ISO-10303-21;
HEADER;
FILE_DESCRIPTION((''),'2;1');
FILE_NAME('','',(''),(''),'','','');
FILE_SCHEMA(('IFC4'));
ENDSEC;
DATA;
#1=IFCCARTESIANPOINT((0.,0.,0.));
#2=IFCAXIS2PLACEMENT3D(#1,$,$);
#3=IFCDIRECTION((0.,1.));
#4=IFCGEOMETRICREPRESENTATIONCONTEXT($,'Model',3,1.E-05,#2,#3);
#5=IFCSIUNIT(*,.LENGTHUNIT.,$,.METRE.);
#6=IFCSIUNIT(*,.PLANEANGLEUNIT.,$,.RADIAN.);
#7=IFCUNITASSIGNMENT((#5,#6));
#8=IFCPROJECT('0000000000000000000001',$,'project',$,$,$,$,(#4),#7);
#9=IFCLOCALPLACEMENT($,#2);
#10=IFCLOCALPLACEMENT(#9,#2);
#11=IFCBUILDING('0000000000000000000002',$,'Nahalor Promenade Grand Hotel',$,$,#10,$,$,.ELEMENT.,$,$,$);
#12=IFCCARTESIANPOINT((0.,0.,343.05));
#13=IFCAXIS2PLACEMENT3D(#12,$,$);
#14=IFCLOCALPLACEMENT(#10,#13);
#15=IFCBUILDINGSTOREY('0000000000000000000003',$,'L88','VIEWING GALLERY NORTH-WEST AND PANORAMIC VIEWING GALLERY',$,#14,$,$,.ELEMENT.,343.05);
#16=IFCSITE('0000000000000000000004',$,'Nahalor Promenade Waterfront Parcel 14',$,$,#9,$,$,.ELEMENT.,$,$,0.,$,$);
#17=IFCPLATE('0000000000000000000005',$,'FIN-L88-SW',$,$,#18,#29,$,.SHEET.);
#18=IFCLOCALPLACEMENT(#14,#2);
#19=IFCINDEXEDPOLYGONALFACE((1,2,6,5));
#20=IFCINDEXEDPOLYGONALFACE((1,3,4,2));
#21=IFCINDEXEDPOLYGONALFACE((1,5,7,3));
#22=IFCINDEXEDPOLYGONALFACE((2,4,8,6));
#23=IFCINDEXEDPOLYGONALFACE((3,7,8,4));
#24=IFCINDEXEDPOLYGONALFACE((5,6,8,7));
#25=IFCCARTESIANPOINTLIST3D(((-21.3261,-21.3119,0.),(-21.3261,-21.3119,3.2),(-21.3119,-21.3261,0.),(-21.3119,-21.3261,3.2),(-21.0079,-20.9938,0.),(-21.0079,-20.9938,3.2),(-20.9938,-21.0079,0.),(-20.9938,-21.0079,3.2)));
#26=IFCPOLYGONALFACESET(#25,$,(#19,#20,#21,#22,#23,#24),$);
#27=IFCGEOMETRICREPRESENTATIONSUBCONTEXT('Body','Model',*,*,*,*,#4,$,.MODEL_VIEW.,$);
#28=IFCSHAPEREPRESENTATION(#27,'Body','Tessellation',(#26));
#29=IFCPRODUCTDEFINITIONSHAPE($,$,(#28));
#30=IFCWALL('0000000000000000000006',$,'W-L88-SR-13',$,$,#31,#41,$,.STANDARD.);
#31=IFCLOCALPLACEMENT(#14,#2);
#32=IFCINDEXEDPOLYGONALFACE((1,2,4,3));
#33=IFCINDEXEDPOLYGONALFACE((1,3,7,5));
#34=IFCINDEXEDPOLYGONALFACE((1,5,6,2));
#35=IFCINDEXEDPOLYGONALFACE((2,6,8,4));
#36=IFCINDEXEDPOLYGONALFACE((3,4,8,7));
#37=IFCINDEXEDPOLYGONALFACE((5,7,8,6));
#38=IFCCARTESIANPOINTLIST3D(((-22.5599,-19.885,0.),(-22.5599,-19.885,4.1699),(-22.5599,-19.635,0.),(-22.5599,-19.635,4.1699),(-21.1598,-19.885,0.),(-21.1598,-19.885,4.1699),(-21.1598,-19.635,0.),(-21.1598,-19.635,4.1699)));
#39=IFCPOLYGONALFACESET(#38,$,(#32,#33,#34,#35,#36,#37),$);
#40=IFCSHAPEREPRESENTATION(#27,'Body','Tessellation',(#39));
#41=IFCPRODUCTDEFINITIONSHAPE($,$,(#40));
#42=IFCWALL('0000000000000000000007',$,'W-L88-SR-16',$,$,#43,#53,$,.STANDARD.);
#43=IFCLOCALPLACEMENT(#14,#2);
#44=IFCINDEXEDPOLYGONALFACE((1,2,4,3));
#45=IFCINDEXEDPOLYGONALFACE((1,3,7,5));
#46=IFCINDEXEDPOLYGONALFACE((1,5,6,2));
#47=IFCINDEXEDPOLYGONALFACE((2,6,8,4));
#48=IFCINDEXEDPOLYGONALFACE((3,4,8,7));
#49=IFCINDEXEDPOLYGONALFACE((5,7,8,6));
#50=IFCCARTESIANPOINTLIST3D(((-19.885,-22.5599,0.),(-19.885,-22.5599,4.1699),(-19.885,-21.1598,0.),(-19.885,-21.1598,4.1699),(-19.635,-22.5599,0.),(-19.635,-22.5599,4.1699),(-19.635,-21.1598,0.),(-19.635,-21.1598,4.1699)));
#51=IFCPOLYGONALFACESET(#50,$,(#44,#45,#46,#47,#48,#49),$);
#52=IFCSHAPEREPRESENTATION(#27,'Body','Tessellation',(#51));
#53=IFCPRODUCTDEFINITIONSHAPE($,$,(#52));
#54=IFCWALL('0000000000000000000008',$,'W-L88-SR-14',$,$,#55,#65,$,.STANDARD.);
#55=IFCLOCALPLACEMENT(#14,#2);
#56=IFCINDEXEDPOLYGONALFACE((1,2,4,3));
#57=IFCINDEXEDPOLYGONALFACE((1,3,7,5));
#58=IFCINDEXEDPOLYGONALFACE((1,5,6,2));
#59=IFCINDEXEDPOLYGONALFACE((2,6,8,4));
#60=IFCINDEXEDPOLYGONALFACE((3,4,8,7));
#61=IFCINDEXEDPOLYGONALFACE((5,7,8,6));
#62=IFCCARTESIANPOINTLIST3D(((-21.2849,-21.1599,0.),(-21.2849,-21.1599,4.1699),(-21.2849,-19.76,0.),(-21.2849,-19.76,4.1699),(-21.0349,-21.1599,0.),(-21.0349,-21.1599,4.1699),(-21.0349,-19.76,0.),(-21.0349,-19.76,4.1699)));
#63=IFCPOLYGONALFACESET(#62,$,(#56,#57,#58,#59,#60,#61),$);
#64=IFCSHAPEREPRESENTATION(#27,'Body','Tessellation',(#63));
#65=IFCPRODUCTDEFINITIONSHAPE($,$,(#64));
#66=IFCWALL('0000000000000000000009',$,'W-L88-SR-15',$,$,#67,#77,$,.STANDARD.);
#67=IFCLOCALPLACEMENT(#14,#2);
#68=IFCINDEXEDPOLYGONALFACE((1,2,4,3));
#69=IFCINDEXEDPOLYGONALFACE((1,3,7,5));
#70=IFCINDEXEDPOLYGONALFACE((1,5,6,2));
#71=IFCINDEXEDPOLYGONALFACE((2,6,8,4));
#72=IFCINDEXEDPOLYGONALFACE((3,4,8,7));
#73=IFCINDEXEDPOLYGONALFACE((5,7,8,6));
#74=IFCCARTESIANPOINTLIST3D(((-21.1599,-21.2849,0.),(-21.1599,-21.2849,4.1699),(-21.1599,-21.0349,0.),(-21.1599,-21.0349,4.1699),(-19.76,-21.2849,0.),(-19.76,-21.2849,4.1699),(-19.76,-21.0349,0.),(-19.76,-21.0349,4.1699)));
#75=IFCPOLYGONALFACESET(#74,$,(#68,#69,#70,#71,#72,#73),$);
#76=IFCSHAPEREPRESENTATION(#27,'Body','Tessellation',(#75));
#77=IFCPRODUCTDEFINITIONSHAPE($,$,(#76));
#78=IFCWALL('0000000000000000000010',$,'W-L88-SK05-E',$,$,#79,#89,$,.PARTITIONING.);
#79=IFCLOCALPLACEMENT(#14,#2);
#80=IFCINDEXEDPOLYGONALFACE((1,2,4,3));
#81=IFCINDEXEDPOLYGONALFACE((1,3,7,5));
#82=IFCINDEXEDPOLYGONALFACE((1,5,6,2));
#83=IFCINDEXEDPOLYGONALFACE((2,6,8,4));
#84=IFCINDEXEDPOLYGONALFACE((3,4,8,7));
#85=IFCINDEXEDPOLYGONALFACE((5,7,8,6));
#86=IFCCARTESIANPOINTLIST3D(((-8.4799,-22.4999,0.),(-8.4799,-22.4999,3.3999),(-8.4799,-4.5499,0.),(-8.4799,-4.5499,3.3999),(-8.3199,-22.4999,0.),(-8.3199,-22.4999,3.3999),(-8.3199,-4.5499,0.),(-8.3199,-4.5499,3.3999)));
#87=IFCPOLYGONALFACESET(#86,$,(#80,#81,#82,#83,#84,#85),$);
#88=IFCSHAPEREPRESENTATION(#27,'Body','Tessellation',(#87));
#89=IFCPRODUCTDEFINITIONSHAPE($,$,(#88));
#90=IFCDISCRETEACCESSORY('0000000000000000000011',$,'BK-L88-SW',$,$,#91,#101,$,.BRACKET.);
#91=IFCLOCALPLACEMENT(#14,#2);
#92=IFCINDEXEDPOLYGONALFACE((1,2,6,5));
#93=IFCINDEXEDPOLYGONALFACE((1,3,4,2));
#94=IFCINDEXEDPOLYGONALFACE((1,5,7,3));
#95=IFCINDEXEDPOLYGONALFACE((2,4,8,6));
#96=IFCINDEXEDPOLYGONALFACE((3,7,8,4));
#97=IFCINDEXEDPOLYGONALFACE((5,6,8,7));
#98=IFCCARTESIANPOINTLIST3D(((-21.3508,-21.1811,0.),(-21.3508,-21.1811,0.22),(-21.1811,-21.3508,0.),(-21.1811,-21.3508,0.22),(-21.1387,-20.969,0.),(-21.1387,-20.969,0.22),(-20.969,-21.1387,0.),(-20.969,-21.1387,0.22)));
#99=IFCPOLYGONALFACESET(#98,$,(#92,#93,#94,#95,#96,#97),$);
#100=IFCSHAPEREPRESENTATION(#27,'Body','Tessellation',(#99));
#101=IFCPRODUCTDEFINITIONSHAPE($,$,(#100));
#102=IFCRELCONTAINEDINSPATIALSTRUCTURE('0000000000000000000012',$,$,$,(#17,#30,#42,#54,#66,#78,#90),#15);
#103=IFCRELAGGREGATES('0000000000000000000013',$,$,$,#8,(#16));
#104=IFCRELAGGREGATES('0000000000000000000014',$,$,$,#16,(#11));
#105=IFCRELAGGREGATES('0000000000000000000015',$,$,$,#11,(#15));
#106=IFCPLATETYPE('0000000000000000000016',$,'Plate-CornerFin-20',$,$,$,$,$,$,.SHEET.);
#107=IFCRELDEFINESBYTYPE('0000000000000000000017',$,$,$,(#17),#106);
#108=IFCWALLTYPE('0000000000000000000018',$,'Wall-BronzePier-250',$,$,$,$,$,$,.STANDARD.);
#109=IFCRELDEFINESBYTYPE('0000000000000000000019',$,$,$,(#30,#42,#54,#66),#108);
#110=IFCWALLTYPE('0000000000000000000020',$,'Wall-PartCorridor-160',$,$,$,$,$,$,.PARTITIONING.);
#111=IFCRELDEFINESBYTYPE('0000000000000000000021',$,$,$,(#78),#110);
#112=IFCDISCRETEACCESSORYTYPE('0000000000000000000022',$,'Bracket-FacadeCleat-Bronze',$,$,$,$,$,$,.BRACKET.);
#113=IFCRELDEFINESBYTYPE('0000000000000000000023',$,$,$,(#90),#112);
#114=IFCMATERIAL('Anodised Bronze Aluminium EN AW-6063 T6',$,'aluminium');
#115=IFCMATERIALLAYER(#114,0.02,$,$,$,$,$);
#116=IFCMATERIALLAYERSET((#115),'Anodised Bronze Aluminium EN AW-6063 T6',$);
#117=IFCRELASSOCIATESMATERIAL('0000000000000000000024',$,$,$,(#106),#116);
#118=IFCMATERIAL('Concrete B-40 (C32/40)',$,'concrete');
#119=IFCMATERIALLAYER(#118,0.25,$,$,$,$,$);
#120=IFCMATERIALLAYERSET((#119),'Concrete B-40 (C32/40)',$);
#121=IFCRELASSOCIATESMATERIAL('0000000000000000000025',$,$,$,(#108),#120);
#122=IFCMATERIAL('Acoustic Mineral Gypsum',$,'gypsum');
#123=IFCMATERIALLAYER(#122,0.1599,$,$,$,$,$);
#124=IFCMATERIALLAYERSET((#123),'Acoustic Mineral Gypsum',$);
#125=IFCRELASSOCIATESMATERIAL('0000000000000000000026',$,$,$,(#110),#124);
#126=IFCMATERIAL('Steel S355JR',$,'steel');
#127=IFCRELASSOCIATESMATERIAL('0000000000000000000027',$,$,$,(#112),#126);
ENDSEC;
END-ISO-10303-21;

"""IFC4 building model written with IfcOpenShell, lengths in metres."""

from ifc_helpers import new_model, si_unit, direction, frame, frame_2d, origin, origin_2d, place, context, subcontext, project, spatial, rectangle, extrude, source, transform, mapped, material, layer, layer_set, type_object, element, save


model = new_model("IFC4")

# Units and contexts
model_context = context("Model", 3, precision=1e-05, world=origin(), true_north=direction((0.0, 1.0)))
body_context = subcontext(model_context, "Body", "Model", "MODEL_VIEW")
ifc_project = project(units=[si_unit("LENGTHUNIT", "METRE"), si_unit("PLANEANGLEUNIT", "RADIAN")], contexts=[model_context])

# Site, building, storey
site_placement = place(None, origin())
site = spatial("IfcSite", under=ifc_project, at=site_placement, Name="Nahalor Promenade Waterfront Parcel 14", CompositionType="ELEMENT", RefElevation=0.0)
building_placement = place(site_placement, origin())
building = spatial("IfcBuilding", under=site, at=building_placement, Name="Nahalor Promenade Grand Hotel", CompositionType="ELEMENT")
storey_placement = place(building_placement, frame((0.0, 0.0, 343.05)))
storey = spatial("IfcBuildingStorey", under=building, at=storey_placement, Name="L88", Description="VIEWING GALLERY NORTH-WEST AND PANORAMIC VIEWING GALLERY", CompositionType="ELEMENT", Elevation=343.05)

# Shared definitions
ifc_material_1 = material(Name="Steel S355JR", Category="steel")

# Shared definitions
ifc_material_2 = material(Name="Anodised Bronze Aluminium EN AW-6063 T6", Category="aluminium")

# Plate
ifc_layer_1 = layer(ifc_material_2, 0.02)
ifc_layer_set_1 = layer_set([ifc_layer_1], Name="Anodised Bronze Aluminium EN AW-6063 T6")
plate_type_1 = type_object("IfcPlateType", Name="Plate-CornerFin-20", PredefinedType="SHEET", material=ifc_layer_set_1)
shared_shape_1 = source(origin(), body_context, "Body", "SweptSolid", [
    extrude(rectangle(XDim=0.45, YDim=0.02, at=origin_2d()), origin(), (0.0, 0.0, 1.0), 3.2),
])
plate_1_placement = place(storey_placement, frame((-21.1599, -21.1599, 0.0), z_axis=(0.0, 0.0, 1.0), x_axis=(0.707107, 0.707107, 0.0)))
element("IfcPlate", 1, at=plate_1_placement, inside=storey, type_object=plate_type_1, Name="FIN-L88-SW", PredefinedType="SHEET", context=body_context, shape_type="MappedRepresentation", body=[
    mapped(shared_shape_1, transform((0.0, 0.0, 0.0), scale=1.0)),
])

# Walls
ifc_material_3 = material(Name="Concrete B-40 (C32/40)", Category="concrete")
ifc_layer_2 = layer(ifc_material_3, 0.25)
ifc_layer_set_2 = layer_set([ifc_layer_2], Name="Concrete B-40 (C32/40)")
wall_type_1 = type_object("IfcWallType", Name="Wall-BronzePier-250", PredefinedType="STANDARD", material=ifc_layer_set_2)
shared_shape_2 = source(origin(), body_context, "Body", "SweptSolid", [
    extrude(rectangle(XDim=1.4001, YDim=0.25, at=frame_2d((0.7002, 0.0))), origin(), (0.0, 0.0, 1.0), 4.1699),
])
for number, where, z_axis, x_axis, name in (
    (2, (-22.5601, -19.76, 0.0), (0.0, 0.0, 1.0), (1.0, 0.0, 0.0), "W-L88-SR-13"),
    (3, (-19.76, -22.5601, 0.0), (0.0, 0.0, 1.0), (0.0, 1.0, 0.0), "W-L88-SR-16"),
):
    element("IfcWall", number, at=place(storey_placement, frame(where, z_axis=z_axis, x_axis=x_axis)), inside=storey, type_object=wall_type_1, Name=name, PredefinedType="STANDARD", context=body_context, shape_type="MappedRepresentation", body=[
        mapped(shared_shape_2, transform((0.0, 0.0, 0.0), scale=1.0)),
    ])
shared_shape_3 = source(origin(), body_context, "Body", "SweptSolid", [
    extrude(rectangle(XDim=1.3999, YDim=0.25, at=frame_2d((0.7, 0.0))), origin(), (0.0, 0.0, 1.0), 4.1699),
])
for number, where, z_axis, x_axis, name in (
    (4, (-21.1599, -21.1599, 0.0), (0.0, 0.0, 1.0), (0.0, 1.0, 0.0), "W-L88-SR-14"),
    (5, (-21.1599, -21.1599, 0.0), (0.0, 0.0, 1.0), (1.0, 0.0, 0.0), "W-L88-SR-15"),
):
    element("IfcWall", number, at=place(storey_placement, frame(where, z_axis=z_axis, x_axis=x_axis)), inside=storey, type_object=wall_type_1, Name=name, PredefinedType="STANDARD", context=body_context, shape_type="MappedRepresentation", body=[
        mapped(shared_shape_3, transform((0.0, 0.0, 0.0), scale=1.0)),
    ])
ifc_material_4 = material(Name="Acoustic Mineral Gypsum", Category="gypsum")
ifc_layer_3 = layer(ifc_material_4, 0.1599)
ifc_layer_set_3 = layer_set([ifc_layer_3], Name="Acoustic Mineral Gypsum")
wall_type_2 = type_object("IfcWallType", Name="Wall-PartCorridor-160", PredefinedType="PARTITIONING", material=ifc_layer_set_3)
shared_shape_4 = source(origin(), body_context, "Body", "SweptSolid", [
    extrude(rectangle(XDim=17.95, YDim=0.1599, at=frame_2d((8.9751, 0.0))), origin(), (0.0, 0.0, 1.0), 3.3999),
])
wall_placement = place(storey_placement, frame((-8.3999, -22.5, 0.0), z_axis=(0.0, 0.0, 1.0), x_axis=(0.0, 1.0, 0.0)))
element("IfcWall", 6, at=wall_placement, inside=storey, type_object=wall_type_2, Name="W-L88-SK05-E", PredefinedType="PARTITIONING", context=body_context, shape_type="MappedRepresentation", body=[
    mapped(shared_shape_4, transform((0.0, 0.0, 0.0), scale=1.0)),
])

# Discrete accessory
discrete_accessory_type = type_object("IfcDiscreteAccessoryType", Name="Bracket-FacadeCleat-Bronze", PredefinedType="BRACKET", material=ifc_material_1)
shared_shape_5 = source(origin(), body_context, "Body", "SweptSolid", [
    extrude(rectangle(XDim=0.3, YDim=0.24, at=origin_2d()), origin(), (0.0, 0.0, 1.0), 0.22),
])
discrete_accessory_placement = place(storey_placement, frame((-21.1599, -21.1599, 0.0), z_axis=(0.0, 0.0, 1.0), x_axis=(0.707107, 0.707107, 0.0)))
element("IfcDiscreteAccessory", 7, at=discrete_accessory_placement, inside=storey, type_object=discrete_accessory_type, Name="BK-L88-SW", PredefinedType="BRACKET", context=body_context, shape_type="MappedRepresentation", body=[
    mapped(shared_shape_5, transform((0.0, 0.0, 0.0), scale=1.0)),
])

save(model, "model.ifc")
